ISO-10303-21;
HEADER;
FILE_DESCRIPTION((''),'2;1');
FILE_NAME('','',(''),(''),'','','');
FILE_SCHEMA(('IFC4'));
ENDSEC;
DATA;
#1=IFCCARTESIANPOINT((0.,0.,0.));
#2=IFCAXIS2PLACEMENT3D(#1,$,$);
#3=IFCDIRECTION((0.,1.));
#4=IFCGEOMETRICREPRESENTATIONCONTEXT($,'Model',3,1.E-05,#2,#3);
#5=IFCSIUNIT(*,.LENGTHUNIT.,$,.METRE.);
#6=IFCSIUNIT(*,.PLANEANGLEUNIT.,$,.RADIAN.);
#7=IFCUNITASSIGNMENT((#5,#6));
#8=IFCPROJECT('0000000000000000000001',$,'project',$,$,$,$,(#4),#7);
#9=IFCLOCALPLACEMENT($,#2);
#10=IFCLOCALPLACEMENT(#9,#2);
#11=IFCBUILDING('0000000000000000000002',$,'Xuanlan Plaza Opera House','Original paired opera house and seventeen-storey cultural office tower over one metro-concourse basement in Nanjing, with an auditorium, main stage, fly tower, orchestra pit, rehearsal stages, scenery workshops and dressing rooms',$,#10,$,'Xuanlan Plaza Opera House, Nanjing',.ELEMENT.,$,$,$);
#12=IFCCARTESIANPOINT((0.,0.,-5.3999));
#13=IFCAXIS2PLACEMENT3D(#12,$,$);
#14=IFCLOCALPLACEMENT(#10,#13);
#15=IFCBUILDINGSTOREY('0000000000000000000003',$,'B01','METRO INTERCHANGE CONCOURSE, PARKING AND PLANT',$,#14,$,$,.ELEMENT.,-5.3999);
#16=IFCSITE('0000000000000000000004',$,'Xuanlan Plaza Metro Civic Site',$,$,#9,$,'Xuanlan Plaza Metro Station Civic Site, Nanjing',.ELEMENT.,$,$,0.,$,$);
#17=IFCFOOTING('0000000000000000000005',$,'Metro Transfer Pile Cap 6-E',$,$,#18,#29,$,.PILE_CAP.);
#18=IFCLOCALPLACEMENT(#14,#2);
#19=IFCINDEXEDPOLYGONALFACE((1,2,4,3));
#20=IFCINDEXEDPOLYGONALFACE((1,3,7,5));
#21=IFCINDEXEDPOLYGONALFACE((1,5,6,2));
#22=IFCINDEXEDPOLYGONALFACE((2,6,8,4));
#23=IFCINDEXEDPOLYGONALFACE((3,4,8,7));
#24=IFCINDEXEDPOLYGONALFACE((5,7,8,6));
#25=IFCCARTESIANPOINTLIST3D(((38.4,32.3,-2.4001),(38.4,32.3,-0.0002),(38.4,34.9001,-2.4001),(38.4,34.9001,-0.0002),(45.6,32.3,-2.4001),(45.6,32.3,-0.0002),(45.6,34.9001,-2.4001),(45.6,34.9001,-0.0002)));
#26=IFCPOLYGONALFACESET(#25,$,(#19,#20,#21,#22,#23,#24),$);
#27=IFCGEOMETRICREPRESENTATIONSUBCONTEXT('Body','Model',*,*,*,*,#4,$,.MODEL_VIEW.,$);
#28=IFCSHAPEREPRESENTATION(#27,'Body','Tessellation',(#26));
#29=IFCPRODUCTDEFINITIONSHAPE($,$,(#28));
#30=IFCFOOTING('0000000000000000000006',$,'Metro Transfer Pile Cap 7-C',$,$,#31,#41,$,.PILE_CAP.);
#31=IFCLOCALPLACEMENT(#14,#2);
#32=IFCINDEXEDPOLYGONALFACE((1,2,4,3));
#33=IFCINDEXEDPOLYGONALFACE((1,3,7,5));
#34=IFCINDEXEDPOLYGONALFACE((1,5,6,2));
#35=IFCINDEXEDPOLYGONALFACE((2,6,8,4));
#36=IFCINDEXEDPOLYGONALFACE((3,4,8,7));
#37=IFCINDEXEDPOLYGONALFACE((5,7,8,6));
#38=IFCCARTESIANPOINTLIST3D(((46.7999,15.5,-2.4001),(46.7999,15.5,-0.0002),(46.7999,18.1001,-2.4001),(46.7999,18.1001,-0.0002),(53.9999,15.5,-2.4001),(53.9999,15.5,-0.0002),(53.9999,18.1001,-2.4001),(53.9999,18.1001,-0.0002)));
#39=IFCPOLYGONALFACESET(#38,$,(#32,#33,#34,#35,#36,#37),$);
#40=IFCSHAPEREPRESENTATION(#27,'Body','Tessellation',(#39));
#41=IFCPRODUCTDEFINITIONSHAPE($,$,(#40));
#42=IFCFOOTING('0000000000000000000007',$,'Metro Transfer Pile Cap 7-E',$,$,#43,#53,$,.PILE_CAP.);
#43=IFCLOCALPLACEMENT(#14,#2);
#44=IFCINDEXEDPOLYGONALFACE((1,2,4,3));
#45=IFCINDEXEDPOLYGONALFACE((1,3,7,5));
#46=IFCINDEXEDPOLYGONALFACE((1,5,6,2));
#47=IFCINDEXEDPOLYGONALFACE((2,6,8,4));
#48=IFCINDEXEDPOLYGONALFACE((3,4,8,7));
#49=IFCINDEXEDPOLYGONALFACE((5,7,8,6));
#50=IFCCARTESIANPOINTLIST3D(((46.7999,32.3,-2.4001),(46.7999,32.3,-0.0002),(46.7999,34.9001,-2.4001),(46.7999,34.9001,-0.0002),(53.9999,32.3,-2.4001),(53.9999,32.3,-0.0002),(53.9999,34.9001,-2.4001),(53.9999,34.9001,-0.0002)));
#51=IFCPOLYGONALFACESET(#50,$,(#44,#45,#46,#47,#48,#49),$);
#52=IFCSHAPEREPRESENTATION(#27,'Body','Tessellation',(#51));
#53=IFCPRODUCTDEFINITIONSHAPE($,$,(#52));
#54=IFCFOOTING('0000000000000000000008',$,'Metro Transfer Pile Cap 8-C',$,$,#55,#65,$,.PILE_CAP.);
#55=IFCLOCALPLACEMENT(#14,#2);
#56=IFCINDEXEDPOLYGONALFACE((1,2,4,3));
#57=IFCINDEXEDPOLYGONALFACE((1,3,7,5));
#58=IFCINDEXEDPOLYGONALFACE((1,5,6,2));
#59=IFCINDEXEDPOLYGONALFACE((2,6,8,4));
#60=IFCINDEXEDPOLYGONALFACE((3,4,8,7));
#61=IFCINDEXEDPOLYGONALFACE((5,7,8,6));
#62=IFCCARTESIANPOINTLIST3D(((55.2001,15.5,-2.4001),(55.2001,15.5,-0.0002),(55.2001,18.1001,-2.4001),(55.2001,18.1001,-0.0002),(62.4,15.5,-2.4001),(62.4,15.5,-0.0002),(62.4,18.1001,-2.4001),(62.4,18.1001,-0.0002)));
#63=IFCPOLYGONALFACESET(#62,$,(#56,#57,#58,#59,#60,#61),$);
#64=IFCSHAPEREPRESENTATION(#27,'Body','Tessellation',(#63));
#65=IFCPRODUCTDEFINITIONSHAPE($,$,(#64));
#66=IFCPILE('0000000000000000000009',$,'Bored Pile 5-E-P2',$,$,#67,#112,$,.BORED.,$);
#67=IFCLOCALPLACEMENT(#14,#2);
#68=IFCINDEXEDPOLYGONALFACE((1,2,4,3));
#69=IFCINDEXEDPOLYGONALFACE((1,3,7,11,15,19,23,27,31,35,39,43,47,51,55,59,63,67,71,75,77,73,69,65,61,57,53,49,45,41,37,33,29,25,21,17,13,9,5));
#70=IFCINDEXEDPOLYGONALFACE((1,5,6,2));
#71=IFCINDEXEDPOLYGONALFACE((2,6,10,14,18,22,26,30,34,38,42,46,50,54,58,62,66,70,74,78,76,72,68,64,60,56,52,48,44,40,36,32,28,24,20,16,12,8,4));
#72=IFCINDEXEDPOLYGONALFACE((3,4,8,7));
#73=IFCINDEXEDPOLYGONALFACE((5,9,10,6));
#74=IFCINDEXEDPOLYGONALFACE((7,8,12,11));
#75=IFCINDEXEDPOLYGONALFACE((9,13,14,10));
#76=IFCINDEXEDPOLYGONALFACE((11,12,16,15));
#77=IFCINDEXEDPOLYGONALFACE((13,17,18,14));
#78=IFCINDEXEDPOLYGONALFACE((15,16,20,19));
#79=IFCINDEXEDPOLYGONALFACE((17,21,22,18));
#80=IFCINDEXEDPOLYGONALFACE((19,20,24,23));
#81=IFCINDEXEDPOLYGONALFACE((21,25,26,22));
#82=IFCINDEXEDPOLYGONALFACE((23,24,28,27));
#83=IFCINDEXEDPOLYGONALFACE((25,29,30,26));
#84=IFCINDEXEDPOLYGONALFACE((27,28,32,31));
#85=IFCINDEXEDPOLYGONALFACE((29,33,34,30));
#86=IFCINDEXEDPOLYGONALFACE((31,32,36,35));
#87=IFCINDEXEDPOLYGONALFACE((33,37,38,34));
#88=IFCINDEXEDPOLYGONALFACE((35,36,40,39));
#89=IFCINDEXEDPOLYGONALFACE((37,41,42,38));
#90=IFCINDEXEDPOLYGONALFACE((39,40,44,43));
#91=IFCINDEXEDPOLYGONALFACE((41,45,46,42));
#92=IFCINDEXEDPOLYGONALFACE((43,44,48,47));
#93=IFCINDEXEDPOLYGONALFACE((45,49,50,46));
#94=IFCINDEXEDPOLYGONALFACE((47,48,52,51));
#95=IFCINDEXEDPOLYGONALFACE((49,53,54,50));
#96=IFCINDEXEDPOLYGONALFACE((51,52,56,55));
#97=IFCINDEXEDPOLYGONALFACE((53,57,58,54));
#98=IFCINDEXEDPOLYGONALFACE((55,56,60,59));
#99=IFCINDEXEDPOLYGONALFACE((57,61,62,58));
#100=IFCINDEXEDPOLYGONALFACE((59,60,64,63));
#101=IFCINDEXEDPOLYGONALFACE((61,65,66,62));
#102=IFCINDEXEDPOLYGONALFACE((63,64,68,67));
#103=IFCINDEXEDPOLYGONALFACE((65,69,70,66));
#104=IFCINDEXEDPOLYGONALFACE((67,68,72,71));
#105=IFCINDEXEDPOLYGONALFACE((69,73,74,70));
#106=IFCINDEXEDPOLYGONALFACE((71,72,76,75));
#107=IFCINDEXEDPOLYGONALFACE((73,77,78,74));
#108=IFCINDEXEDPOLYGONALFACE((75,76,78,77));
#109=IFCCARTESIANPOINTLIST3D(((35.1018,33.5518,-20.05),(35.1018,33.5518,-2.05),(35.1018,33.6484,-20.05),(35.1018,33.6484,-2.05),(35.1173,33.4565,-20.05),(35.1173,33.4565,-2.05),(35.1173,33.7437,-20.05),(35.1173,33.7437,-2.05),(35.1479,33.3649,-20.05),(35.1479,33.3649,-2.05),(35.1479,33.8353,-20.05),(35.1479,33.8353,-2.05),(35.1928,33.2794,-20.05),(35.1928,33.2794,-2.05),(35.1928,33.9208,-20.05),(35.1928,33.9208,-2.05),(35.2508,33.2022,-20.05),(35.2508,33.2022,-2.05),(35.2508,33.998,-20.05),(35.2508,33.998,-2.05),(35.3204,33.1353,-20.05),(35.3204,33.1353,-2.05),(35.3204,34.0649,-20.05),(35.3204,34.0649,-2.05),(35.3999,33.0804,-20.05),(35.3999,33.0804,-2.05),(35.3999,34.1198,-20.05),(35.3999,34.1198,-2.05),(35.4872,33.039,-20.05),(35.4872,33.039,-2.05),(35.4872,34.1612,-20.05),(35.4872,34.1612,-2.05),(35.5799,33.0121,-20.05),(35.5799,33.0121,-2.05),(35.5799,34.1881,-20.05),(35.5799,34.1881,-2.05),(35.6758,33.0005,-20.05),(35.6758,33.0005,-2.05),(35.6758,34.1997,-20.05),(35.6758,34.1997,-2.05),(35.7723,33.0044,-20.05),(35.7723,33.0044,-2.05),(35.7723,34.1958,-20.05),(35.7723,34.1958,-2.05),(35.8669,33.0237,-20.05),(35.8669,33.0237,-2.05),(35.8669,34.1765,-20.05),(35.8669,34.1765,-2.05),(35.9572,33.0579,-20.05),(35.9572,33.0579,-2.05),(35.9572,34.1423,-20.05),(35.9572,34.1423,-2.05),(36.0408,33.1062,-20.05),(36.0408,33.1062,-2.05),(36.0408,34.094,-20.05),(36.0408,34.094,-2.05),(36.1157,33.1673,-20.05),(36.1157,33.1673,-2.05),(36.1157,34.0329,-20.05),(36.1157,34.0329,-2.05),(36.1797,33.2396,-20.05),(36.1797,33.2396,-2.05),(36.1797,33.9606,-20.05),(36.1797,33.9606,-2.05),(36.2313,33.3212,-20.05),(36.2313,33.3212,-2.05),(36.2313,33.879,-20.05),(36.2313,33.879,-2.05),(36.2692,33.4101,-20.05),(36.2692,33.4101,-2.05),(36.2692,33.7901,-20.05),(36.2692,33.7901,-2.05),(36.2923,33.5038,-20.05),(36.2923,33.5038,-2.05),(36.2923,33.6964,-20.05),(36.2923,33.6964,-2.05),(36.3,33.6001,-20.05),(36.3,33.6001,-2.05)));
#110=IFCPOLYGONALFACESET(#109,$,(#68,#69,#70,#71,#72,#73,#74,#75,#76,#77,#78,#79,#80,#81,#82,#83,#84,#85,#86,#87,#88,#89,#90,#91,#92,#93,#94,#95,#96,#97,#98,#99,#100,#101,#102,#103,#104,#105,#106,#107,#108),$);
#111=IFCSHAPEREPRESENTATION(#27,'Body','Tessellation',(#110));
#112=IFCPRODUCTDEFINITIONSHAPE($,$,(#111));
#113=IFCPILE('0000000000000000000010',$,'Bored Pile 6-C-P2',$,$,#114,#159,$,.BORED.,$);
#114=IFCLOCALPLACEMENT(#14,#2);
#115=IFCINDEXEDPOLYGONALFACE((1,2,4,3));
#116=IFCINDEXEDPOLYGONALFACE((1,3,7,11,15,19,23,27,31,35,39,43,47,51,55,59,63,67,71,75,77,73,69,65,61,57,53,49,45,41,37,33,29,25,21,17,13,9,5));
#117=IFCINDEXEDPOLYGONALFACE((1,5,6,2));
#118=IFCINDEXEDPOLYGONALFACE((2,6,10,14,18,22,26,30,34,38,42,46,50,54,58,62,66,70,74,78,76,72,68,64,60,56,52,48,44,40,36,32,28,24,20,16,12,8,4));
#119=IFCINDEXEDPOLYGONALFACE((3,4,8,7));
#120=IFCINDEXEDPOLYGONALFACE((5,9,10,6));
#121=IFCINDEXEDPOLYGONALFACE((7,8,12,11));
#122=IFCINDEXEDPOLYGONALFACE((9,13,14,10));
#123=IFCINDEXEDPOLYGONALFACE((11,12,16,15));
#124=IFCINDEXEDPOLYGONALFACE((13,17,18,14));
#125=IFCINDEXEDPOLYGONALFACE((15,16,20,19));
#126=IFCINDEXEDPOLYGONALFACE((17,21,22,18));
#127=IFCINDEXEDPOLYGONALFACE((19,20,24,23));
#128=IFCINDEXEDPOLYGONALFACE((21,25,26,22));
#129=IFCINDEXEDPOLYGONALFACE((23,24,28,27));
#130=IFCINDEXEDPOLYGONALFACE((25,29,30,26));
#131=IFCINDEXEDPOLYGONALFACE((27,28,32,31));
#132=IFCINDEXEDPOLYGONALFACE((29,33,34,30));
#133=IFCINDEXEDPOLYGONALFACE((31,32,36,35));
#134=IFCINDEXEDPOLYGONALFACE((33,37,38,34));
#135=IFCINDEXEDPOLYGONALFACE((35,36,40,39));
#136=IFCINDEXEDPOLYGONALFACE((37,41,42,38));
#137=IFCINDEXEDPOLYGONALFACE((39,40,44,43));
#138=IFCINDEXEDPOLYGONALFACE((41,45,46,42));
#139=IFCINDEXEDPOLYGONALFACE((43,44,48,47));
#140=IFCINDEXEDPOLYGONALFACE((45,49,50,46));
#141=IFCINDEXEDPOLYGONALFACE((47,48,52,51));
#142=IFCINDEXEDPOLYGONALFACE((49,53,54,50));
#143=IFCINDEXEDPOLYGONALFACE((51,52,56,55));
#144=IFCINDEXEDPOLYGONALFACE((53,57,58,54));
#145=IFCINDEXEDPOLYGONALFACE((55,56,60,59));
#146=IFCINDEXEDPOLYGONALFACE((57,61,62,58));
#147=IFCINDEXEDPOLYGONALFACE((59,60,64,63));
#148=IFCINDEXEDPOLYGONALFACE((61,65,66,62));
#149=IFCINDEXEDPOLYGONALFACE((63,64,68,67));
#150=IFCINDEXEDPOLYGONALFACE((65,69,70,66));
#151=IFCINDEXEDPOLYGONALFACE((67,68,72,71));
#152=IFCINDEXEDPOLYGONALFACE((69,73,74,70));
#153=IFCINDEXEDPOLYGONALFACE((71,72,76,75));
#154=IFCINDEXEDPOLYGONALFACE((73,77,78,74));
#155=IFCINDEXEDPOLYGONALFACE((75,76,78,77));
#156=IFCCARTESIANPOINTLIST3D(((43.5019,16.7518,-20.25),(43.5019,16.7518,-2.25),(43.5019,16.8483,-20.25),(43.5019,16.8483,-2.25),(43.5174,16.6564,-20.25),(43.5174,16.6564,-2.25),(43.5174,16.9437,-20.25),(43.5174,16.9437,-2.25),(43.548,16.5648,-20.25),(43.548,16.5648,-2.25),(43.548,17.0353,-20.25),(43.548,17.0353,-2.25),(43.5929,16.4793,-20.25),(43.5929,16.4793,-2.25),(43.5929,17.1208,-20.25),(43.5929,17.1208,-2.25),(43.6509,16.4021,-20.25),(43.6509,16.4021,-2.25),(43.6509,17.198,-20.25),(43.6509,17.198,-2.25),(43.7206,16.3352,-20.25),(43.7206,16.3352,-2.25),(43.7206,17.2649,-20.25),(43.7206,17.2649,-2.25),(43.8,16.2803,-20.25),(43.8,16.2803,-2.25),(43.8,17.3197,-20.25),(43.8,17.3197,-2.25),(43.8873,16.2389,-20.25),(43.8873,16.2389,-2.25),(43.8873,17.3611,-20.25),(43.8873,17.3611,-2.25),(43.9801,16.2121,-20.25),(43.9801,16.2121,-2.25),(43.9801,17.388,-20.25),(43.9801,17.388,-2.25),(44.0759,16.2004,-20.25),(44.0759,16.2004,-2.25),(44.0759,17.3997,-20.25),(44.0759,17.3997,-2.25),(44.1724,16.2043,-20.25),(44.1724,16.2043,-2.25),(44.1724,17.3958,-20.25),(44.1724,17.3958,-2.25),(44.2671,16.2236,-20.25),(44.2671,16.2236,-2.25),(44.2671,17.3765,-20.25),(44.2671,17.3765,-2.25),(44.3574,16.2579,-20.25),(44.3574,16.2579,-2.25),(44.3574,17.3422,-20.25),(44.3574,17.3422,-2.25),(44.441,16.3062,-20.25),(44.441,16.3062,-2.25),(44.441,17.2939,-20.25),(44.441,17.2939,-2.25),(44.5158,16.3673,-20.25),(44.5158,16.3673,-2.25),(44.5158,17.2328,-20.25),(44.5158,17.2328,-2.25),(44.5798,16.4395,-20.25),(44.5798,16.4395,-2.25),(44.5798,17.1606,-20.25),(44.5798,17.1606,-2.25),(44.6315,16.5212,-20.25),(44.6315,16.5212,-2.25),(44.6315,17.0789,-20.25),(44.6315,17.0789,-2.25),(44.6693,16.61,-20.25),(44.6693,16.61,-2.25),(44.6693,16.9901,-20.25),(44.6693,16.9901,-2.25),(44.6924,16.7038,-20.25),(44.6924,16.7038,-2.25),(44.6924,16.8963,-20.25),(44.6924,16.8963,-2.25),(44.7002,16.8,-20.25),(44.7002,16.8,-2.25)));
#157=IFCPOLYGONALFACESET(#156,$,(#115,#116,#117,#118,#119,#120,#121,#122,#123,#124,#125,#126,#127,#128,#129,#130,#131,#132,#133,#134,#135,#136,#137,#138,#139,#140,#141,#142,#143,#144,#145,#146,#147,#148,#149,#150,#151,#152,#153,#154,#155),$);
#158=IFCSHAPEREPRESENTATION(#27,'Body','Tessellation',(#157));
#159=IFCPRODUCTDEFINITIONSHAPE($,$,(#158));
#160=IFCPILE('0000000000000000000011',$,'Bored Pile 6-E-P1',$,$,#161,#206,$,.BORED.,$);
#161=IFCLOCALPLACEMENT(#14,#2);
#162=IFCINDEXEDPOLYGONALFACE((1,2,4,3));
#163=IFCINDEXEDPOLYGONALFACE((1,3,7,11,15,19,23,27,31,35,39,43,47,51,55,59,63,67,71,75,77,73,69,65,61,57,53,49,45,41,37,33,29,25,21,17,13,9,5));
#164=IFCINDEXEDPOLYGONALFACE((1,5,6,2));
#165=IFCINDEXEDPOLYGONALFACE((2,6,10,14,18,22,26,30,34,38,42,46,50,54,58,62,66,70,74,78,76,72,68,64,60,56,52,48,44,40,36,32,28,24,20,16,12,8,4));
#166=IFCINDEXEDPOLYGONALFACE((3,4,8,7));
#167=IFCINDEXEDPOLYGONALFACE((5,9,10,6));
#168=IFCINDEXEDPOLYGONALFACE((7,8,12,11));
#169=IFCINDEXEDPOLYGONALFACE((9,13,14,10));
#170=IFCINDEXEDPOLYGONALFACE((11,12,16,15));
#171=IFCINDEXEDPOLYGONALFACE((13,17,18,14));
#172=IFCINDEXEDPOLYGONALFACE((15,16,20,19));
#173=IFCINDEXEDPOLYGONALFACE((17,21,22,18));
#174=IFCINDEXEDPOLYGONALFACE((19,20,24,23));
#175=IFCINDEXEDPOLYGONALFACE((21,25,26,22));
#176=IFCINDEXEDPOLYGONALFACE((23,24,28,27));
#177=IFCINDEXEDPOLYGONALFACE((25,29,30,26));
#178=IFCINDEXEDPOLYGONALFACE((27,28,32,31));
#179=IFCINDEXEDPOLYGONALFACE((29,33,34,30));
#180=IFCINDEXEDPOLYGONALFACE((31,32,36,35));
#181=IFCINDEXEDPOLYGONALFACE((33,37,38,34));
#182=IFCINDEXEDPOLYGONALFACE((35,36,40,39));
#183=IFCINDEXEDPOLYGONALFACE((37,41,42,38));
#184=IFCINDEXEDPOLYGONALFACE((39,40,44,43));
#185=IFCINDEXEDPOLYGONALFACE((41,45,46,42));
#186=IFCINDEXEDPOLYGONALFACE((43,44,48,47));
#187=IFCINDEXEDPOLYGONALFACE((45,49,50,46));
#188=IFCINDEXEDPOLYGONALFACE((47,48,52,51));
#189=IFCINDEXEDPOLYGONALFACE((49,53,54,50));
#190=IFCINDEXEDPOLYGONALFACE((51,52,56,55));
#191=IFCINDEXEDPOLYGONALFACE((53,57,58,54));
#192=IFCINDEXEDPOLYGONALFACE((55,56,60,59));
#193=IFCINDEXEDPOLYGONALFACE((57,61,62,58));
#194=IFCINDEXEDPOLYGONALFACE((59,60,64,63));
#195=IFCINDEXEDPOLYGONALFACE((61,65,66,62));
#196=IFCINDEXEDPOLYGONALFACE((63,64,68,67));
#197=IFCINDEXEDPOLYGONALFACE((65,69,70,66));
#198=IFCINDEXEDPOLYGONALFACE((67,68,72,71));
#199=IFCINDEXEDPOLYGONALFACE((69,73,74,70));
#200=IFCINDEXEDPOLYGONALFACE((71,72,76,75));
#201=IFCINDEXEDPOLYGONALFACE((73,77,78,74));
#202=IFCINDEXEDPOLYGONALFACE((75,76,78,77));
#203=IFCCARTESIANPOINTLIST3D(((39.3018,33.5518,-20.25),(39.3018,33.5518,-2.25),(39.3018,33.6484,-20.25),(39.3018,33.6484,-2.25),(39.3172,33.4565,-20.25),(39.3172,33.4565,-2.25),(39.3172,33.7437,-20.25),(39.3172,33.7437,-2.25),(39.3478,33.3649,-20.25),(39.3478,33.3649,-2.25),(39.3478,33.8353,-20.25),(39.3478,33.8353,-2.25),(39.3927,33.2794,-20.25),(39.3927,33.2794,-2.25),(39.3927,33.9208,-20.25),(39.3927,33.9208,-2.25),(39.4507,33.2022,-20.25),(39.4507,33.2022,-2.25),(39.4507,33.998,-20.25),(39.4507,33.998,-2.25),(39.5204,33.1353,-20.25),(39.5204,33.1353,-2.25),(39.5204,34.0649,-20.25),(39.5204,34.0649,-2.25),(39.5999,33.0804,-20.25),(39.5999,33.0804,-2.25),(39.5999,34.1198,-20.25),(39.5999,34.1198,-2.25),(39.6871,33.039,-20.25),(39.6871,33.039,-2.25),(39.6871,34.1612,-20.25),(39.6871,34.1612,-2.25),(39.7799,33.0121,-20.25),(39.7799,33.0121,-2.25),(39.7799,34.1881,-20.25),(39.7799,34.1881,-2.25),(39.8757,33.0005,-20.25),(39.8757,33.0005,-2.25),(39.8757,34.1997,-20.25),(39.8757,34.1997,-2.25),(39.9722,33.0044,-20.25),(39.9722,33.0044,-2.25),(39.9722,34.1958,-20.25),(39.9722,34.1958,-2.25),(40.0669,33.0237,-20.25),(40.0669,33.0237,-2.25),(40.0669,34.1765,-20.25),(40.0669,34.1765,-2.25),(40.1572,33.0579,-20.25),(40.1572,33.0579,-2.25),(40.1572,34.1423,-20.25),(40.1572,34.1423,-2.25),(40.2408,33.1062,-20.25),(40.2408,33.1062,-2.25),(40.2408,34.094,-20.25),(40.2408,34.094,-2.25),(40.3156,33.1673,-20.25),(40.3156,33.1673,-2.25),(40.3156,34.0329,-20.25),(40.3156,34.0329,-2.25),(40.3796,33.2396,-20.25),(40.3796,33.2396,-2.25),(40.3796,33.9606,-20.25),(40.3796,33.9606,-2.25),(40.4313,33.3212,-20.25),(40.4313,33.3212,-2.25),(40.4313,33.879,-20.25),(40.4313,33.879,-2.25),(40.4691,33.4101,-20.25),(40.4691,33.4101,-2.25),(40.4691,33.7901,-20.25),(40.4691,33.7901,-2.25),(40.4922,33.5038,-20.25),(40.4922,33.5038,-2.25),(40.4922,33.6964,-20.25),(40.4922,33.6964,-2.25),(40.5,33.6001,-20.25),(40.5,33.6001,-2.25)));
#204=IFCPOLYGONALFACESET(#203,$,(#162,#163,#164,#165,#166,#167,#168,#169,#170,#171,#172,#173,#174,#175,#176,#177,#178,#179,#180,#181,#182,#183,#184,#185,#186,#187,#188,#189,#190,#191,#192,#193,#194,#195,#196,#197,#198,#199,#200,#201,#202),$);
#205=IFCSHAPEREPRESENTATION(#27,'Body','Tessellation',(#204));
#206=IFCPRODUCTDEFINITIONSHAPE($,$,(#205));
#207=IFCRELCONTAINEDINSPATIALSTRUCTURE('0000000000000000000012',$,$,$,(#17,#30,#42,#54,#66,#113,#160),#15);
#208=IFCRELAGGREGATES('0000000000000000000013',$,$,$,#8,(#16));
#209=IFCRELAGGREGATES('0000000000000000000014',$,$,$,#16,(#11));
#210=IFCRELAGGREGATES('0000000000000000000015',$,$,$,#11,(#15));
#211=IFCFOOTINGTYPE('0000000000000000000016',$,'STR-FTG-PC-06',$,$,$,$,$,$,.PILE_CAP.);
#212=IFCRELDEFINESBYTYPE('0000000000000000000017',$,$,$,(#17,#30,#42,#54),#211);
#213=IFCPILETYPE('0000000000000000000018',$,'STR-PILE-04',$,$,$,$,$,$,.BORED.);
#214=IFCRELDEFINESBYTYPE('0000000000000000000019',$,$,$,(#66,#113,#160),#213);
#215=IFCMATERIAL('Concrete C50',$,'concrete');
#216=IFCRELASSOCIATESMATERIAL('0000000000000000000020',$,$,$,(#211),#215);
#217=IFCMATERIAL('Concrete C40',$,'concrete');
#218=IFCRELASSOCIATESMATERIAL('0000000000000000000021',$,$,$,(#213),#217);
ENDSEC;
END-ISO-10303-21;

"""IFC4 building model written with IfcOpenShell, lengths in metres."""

from ifc_helpers import new_model, si_unit, direction, frame, origin, origin_2d, place, context, subcontext, project, spatial, rectangle, circle, extrude, material, material_profile, profile_set, type_object, element, save


model = new_model("IFC4")

# Units and contexts
model_context = context("Model", 3, precision=1e-05, world=origin(), true_north=direction((0.0, 1.0)))
body_context = subcontext(model_context, "Body", "Model", "MODEL_VIEW")
ifc_project = project(units=[si_unit("LENGTHUNIT", "METRE"), si_unit("PLANEANGLEUNIT", "RADIAN")], contexts=[model_context])

# Site, building, storey
site_placement = place(None, origin())
site = spatial("IfcSite", under=ifc_project, at=site_placement, Name="Xuanlan Plaza Metro Civic Site", LongName="Xuanlan Plaza Metro Station Civic Site, Nanjing", CompositionType="ELEMENT", RefElevation=0.0)
building_placement = place(site_placement, origin())
building = spatial("IfcBuilding", under=site, at=building_placement, Name="Xuanlan Plaza Opera House", Description="Original paired opera house and seventeen-storey cultural office tower over one metro-concourse basement in Nanjing, with an auditorium, main stage, fly tower, orchestra pit, rehearsal stages, scenery workshops and dressing rooms", LongName="Xuanlan Plaza Opera House, Nanjing", CompositionType="ELEMENT")
storey_placement = place(building_placement, frame((0.0, 0.0, -5.3999)))
storey = spatial("IfcBuildingStorey", under=building, at=storey_placement, Name="B01", Description="METRO INTERCHANGE CONCOURSE, PARKING AND PLANT", CompositionType="ELEMENT", Elevation=-5.3999)

# Footings
ifc_material_1 = material(Name="Concrete C50", Category="concrete")
footing_type = type_object("IfcFootingType", Name="STR-FTG-PC-06", PredefinedType="PILE_CAP", material=ifc_material_1)
for number, where, z_axis, x_axis, name in (
    (1, (42.0, 33.6001, -2.4001), (0.0, 0.0, 1.0), (1.0, 0.0, 0.0), "Metro Transfer Pile Cap 6-E"),
    (2, (50.3999, 16.8, -2.4001), (0.0, 0.0, 1.0), (1.0, 0.0, 0.0), "Metro Transfer Pile Cap 7-C"),
    (3, (50.3999, 33.6001, -2.4001), (0.0, 0.0, 1.0), (1.0, 0.0, 0.0), "Metro Transfer Pile Cap 7-E"),
    (4, (58.8, 16.8, -2.4001), (0.0, 0.0, 1.0), (1.0, 0.0, 0.0), "Metro Transfer Pile Cap 8-C"),
):
    element("IfcFooting", number, at=place(storey_placement, frame(where, z_axis=z_axis, x_axis=x_axis)), inside=storey, type_object=footing_type, Name=name, PredefinedType="PILE_CAP", context=body_context, shape_type="SweptSolid", body=[
        extrude(rectangle(XDim=7.2, YDim=2.6001, at=origin_2d()), origin(), (0.0, 0.0, 1.0), 2.3999),
    ])

# Piles
ifc_material_2 = material(Name="Concrete C40", Category="concrete")
ifc_material_profile_1 = material_profile(ifc_material_2, circle(Radius=0.6001, at=origin_2d()), Name="PILE D1200")
ifc_profile_set_1 = profile_set([ifc_material_profile_1], Name="Concrete C40")
pile_type = type_object("IfcPileType", Name="STR-PILE-04", PredefinedType="BORED", material=ifc_profile_set_1)
for number, where, z_axis, x_axis, name in (
    (5, (35.7, 33.6001, -2.05), (0.0, 0.0, -1.0), (1.0, 0.0, 0.0), "Bored Pile 5-E-P2"),
    (6, (44.1001, 16.8, -2.25), (0.0, 0.0, -1.0), (1.0, 0.0, 0.0), "Bored Pile 6-C-P2"),
    (7, (39.8999, 33.6001, -2.25), (0.0, 0.0, -1.0), (1.0, 0.0, 0.0), "Bored Pile 6-E-P1"),
):
    element("IfcPile", number, at=place(storey_placement, frame(where, z_axis=z_axis, x_axis=x_axis)), inside=storey, type_object=pile_type, Name=name, PredefinedType="BORED", context=body_context, shape_type="SweptSolid", body=[
        extrude(circle(Radius=0.6001, at=origin_2d()), origin(), (0.0, 0.0, 1.0), 18.0),
    ])

save(model, "model.ifc")
